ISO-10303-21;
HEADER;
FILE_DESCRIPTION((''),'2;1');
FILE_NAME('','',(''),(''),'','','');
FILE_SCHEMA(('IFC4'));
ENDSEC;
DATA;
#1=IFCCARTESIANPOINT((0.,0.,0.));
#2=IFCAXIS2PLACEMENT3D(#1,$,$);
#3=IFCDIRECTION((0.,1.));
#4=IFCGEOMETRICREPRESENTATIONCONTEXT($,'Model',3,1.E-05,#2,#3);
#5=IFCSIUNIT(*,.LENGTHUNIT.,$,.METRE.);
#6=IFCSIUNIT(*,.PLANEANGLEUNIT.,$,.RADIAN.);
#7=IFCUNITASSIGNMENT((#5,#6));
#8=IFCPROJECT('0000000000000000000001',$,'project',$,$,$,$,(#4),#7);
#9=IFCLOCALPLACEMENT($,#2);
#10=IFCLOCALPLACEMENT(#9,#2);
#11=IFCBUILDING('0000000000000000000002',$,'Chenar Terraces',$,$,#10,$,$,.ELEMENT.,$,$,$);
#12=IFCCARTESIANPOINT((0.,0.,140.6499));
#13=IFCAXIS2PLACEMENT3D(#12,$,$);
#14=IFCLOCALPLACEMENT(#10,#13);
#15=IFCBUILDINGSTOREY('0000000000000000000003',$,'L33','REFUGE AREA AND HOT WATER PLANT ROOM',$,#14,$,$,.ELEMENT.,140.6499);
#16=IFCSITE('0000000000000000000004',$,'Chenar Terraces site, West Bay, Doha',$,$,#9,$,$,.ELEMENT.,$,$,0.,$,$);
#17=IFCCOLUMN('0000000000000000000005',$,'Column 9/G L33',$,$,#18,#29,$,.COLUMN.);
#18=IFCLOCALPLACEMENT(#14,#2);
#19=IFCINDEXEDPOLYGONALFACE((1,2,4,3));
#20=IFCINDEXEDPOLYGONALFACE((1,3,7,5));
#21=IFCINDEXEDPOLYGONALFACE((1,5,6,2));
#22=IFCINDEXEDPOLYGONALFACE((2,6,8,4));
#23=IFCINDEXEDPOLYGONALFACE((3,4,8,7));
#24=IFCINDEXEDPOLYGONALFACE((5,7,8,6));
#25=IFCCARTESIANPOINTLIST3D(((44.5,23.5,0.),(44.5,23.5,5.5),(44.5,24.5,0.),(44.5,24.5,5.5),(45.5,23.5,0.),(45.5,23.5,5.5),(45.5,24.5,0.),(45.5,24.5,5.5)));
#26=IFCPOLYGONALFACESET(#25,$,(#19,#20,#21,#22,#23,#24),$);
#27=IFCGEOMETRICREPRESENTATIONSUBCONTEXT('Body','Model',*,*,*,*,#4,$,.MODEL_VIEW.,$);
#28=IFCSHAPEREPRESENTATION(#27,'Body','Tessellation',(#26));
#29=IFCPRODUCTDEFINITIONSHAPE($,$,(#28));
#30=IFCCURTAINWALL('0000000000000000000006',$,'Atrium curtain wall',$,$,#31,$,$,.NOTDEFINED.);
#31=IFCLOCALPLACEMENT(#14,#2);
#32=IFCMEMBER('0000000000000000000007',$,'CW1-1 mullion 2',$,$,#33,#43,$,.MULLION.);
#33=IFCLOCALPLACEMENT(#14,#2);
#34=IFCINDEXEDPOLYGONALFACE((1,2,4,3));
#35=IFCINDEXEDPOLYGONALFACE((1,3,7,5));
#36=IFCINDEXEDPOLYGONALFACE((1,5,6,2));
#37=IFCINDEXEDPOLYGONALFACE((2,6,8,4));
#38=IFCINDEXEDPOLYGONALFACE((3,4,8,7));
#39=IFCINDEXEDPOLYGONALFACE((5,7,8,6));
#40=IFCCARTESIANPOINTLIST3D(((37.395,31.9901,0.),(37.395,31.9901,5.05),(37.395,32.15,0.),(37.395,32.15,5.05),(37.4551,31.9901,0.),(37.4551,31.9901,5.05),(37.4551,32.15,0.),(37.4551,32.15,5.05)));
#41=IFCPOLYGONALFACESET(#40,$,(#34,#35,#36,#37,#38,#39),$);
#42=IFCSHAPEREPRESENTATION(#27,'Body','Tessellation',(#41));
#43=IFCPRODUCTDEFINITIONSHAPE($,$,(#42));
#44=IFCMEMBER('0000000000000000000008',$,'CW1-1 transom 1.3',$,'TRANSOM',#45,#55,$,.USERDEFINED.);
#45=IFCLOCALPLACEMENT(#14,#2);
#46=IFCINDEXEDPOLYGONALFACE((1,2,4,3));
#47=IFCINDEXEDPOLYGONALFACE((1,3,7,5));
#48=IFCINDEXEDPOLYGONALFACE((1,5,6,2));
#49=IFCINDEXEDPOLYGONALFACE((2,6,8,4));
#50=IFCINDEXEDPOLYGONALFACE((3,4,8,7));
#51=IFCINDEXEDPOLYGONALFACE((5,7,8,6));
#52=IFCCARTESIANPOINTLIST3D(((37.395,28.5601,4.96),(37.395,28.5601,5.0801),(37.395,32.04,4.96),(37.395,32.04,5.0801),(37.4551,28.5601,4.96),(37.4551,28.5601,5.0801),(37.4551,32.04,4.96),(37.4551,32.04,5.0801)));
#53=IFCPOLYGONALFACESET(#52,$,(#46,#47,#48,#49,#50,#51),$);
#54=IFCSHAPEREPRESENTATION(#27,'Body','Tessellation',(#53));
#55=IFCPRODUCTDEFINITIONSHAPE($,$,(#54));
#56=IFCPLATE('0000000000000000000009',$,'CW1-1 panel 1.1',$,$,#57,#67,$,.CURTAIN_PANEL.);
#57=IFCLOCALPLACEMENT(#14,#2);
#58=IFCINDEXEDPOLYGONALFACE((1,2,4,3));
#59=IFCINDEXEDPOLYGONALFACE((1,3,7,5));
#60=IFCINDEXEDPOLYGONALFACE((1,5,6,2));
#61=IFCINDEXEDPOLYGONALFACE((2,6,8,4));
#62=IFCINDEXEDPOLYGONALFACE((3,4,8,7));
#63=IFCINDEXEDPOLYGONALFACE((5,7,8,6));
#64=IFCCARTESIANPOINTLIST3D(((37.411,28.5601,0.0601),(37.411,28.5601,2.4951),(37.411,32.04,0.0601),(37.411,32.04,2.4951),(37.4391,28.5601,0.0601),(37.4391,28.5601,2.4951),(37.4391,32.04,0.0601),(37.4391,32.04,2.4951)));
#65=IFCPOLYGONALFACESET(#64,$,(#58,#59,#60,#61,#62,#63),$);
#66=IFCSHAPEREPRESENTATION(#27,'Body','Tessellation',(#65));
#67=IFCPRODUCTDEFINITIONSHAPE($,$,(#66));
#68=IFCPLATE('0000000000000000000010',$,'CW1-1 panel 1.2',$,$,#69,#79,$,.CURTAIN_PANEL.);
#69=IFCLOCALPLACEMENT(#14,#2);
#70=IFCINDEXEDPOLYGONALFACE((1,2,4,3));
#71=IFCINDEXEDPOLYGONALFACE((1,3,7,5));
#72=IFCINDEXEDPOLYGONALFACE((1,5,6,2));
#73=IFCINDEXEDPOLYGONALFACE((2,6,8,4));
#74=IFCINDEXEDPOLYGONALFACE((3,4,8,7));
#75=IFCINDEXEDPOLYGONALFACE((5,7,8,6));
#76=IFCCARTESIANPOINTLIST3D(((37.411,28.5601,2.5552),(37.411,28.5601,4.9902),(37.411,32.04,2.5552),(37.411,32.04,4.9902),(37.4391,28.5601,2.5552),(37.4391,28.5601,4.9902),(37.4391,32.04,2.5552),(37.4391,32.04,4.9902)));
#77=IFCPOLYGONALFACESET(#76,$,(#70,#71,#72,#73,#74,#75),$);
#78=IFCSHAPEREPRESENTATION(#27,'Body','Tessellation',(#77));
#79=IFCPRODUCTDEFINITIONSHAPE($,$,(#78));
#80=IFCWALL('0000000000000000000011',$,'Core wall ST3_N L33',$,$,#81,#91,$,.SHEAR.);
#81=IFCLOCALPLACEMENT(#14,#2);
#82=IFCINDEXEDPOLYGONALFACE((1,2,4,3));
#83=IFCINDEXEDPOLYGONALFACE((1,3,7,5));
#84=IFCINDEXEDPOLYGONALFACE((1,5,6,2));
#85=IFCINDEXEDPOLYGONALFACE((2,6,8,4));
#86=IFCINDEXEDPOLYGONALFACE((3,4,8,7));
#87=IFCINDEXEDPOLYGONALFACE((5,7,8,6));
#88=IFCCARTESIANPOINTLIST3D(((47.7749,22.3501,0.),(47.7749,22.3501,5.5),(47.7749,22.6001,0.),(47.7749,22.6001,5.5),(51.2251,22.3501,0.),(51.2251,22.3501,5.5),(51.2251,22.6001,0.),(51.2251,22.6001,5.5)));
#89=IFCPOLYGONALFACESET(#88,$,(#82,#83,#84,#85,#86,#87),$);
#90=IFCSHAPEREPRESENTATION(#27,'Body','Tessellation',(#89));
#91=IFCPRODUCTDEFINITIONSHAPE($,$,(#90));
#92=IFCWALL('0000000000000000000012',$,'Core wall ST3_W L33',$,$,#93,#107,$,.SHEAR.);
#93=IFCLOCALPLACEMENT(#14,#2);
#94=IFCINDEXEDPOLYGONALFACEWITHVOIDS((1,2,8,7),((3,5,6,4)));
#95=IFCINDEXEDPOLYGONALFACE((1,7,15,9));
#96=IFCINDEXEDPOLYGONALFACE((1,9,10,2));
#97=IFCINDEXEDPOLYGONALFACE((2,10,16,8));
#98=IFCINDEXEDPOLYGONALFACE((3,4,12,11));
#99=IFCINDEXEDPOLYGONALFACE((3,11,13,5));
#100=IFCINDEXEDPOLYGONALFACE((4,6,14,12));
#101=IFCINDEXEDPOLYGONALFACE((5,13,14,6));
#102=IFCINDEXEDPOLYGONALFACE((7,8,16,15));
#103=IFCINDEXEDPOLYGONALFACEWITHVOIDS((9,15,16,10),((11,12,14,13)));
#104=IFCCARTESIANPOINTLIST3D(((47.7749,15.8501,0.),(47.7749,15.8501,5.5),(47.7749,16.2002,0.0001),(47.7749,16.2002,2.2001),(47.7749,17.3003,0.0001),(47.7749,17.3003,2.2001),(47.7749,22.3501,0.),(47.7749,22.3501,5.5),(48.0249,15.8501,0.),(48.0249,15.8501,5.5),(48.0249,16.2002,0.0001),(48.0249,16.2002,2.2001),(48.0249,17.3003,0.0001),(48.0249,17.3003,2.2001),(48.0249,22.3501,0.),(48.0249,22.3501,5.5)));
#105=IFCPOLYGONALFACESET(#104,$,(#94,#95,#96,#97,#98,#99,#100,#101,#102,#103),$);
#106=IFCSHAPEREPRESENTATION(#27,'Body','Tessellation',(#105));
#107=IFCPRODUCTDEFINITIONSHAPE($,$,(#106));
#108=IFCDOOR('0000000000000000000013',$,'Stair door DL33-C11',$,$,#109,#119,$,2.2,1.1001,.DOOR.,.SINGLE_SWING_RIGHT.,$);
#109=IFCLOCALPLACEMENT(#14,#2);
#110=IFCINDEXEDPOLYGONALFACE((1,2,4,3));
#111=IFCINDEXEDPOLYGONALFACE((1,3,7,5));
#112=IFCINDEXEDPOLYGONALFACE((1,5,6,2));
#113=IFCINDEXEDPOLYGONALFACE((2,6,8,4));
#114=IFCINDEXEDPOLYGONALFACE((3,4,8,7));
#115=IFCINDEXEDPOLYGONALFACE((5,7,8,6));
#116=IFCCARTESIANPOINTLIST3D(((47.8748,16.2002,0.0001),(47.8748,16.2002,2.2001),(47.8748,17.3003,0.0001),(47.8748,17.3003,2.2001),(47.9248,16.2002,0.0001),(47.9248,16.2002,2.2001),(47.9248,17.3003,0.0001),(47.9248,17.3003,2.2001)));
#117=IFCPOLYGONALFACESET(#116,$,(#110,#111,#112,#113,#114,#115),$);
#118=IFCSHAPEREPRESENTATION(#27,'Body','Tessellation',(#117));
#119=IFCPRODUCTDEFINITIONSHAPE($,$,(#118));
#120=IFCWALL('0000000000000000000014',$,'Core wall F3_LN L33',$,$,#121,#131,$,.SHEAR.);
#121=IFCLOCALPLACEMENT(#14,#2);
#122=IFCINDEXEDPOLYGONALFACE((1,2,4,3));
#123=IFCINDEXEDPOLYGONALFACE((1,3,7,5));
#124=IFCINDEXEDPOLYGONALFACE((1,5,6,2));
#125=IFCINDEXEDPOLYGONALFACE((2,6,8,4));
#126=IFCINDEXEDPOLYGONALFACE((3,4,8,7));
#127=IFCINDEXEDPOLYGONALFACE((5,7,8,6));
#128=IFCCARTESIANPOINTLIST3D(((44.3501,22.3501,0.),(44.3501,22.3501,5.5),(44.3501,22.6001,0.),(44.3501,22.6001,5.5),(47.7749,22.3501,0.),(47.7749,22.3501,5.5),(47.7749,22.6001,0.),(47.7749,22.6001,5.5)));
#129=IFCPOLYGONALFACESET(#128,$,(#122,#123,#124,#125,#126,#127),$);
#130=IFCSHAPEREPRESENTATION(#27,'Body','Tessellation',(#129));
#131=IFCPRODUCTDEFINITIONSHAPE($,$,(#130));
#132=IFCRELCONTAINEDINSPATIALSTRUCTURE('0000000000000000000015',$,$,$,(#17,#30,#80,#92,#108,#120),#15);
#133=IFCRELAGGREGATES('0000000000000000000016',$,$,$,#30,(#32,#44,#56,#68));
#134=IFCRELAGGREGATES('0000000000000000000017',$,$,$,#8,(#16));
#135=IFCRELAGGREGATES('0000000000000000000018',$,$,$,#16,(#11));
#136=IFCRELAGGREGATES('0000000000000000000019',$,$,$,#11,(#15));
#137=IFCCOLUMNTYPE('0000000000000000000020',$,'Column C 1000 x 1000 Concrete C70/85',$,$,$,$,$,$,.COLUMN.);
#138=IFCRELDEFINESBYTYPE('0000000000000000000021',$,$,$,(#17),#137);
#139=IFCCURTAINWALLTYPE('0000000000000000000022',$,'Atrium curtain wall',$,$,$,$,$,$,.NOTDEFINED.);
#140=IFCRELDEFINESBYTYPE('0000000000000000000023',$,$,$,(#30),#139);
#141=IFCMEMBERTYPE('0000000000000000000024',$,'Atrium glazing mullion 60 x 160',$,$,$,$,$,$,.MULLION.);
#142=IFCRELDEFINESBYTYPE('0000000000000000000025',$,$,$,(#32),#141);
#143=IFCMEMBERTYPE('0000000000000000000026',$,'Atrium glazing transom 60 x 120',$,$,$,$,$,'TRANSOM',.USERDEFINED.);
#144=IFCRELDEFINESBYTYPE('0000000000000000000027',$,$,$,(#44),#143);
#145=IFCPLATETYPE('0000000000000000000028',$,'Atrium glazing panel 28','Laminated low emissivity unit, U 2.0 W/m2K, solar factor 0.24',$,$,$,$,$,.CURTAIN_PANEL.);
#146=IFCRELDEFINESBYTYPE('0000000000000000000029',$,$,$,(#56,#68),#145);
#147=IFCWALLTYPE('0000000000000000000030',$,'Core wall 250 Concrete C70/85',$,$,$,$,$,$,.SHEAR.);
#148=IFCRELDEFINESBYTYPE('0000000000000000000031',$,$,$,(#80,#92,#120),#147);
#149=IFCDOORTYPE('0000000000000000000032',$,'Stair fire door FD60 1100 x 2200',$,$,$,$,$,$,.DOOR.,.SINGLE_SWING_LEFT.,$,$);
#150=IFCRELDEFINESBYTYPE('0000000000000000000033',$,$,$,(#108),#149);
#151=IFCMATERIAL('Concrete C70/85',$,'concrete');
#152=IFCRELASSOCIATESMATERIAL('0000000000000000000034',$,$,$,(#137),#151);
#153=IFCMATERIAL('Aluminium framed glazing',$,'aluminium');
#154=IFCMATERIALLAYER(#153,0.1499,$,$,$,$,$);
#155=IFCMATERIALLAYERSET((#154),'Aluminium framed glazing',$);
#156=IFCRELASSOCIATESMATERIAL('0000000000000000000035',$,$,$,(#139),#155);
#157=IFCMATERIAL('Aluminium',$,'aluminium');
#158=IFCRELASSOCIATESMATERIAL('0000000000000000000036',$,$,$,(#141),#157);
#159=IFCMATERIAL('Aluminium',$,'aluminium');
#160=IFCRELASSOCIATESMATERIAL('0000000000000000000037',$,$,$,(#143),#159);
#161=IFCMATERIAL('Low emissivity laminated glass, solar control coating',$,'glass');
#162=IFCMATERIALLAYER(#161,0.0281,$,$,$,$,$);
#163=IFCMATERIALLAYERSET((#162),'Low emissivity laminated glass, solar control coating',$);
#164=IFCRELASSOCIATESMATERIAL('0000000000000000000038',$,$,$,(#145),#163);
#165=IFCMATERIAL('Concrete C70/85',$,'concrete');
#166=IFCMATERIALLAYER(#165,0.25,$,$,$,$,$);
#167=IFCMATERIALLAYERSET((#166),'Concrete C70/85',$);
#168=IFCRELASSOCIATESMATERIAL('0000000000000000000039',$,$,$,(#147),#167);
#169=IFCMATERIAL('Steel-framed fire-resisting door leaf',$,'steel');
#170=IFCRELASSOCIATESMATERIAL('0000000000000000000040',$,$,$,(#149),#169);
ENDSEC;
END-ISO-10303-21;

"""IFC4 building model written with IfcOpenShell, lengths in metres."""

from ifc_helpers import new_model, si_unit, direction, frame, frame_2d, origin, origin_2d, place, context, subcontext, project, spatial, rectangle, extrude, material, layer, layer_set, material_profile, profile_set, type_object, element, fill, aggregate, save


model = new_model("IFC4")

# Units and contexts
model_context = context("Model", 3, precision=1e-05, world=origin(), true_north=direction((0.0, 1.0)))
body_context = subcontext(model_context, "Body", "Model", "MODEL_VIEW")
ifc_project = project(units=[si_unit("LENGTHUNIT", "METRE"), si_unit("PLANEANGLEUNIT", "RADIAN")], contexts=[model_context])

# Site, building, storey
site_placement = place(None, origin())
site = spatial("IfcSite", under=ifc_project, at=site_placement, Name="Chenar Terraces site, West Bay, Doha", CompositionType="ELEMENT", RefElevation=0.0)
building_placement = place(site_placement, origin())
building = spatial("IfcBuilding", under=site, at=building_placement, Name="Chenar Terraces", CompositionType="ELEMENT")
storey_placement = place(building_placement, frame((0.0, 0.0, 140.6499)))
storey = spatial("IfcBuildingStorey", under=building, at=storey_placement, Name="L33", Description="REFUGE AREA AND HOT WATER PLANT ROOM", CompositionType="ELEMENT", Elevation=140.6499)

# Column
ifc_material_1 = material(Name="Concrete C70/85", Category="concrete")
ifc_material_profile_1 = material_profile(ifc_material_1, rectangle(XDim=1.0, YDim=1.0, at=origin_2d()), Name="C 1000 x 1000")
ifc_profile_set_1 = profile_set([ifc_material_profile_1], Name="Concrete C70/85")
column_type = type_object("IfcColumnType", Name="Column C 1000 x 1000 Concrete C70/85", PredefinedType="COLUMN", material=ifc_profile_set_1)
column_placement = place(storey_placement, frame((45.0, 24.0, 0.0), z_axis=(0.0, 0.0, 1.0), x_axis=(1.0, 0.0, 0.0)))
element("IfcColumn", 1, at=column_placement, inside=storey, type_object=column_type, Name="Column 9/G L33", PredefinedType="COLUMN", context=body_context, shape_type="SweptSolid", body=[
    extrude(rectangle(XDim=1.0, YDim=1.0, at=origin_2d()), origin(), (0.0, 0.0, 1.0), 5.5),
])

# Curtain wall, members, plates
ifc_material_2 = material(Name="Aluminium framed glazing", Category="aluminium")
ifc_layer_1 = layer(ifc_material_2, 0.1499)
ifc_layer_set_1 = layer_set([ifc_layer_1], Name="Aluminium framed glazing")
curtain_wall_type = type_object("IfcCurtainWallType", Name="Atrium curtain wall", PredefinedType="NOTDEFINED", material=ifc_layer_set_1)
curtain_wall_placement = place(storey_placement, origin())
curtain_wall = element("IfcCurtainWall", 2, at=curtain_wall_placement, inside=storey, type_object=curtain_wall_type, Name="Atrium curtain wall", PredefinedType="NOTDEFINED")
ifc_material_3 = material(Name="Aluminium", Category="aluminium")
ifc_material_profile_2 = material_profile(ifc_material_3, rectangle(XDim=0.0601, YDim=0.1599, at=origin_2d()), Name="Atrium glazing mullion 60 x 160")
ifc_profile_set_2 = profile_set([ifc_material_profile_2], Name="Aluminium")
member_type_1 = type_object("IfcMemberType", Name="Atrium glazing mullion 60 x 160", PredefinedType="MULLION", material=ifc_profile_set_2)
member_1_placement = place(storey_placement, frame((37.425, 32.0701, 0.0), z_axis=(0.0, 0.0, 1.0), x_axis=(-1.0, 0.0, 0.0)))
member_1 = element("IfcMember", 3, at=member_1_placement, type_object=member_type_1, Name="CW1-1 mullion 2", PredefinedType="MULLION", context=body_context, shape_type="SweptSolid", body=[
    extrude(rectangle(XDim=0.0601, YDim=0.1599, at=origin_2d()), origin(), (0.0, 0.0, 1.0), 5.05),
])
ifc_material_4 = material(Name="Aluminium", Category="aluminium")
ifc_material_profile_3 = material_profile(ifc_material_4, rectangle(XDim=0.0601, YDim=0.1201, at=origin_2d()), Name="Atrium glazing transom 60 x 120")
ifc_profile_set_3 = profile_set([ifc_material_profile_3], Name="Aluminium")
member_type_2 = type_object("IfcMemberType", Name="Atrium glazing transom 60 x 120", ElementType="TRANSOM", PredefinedType="USERDEFINED", material=ifc_profile_set_3)
member_2_placement = place(storey_placement, frame((37.425, 28.5601, 5.02), z_axis=(0.0, 1.0, 0.0), x_axis=(-1.0, 0.0, 0.0)))
member_2 = element("IfcMember", 4, at=member_2_placement, type_object=member_type_2, Name="CW1-1 transom 1.3", ObjectType="TRANSOM", PredefinedType="USERDEFINED", context=body_context, shape_type="SweptSolid", body=[
    extrude(rectangle(XDim=0.0601, YDim=0.1201, at=origin_2d()), origin(), (0.0, 0.0, 1.0), 3.48),
])
ifc_material_5 = material(Name="Low emissivity laminated glass, solar control coating", Category="glass")
ifc_layer_2 = layer(ifc_material_5, 0.0281)
ifc_layer_set_2 = layer_set([ifc_layer_2], Name="Low emissivity laminated glass, solar control coating")
plate_type = type_object("IfcPlateType", Name="Atrium glazing panel 28", Description="Laminated low emissivity unit, U 2.0 W/m2K, solar factor 0.24", PredefinedType="CURTAIN_PANEL", material=ifc_layer_set_2)
plate_1_placement = place(storey_placement, frame((37.425, 30.3, 0.0601), z_axis=(0.0, 0.0, 1.0), x_axis=(0.0, 1.0, 0.0)))
plate_1 = element("IfcPlate", 5, at=plate_1_placement, type_object=plate_type, Name="CW1-1 panel 1.1", PredefinedType="CURTAIN_PANEL", context=body_context, shape_type="SweptSolid", body=[
    extrude(rectangle(XDim=3.48, YDim=0.0281, at=origin_2d()), origin(), (0.0, 0.0, 1.0), 2.4351),
])
plate_2_placement = place(storey_placement, frame((37.425, 30.3, 2.5552), z_axis=(0.0, 0.0, 1.0), x_axis=(0.0, 1.0, 0.0)))
plate_2 = element("IfcPlate", 6, at=plate_2_placement, type_object=plate_type, Name="CW1-1 panel 1.2", PredefinedType="CURTAIN_PANEL", context=body_context, shape_type="SweptSolid", body=[
    extrude(rectangle(XDim=3.48, YDim=0.0281, at=origin_2d()), origin(), (0.0, 0.0, 1.0), 2.4351),
])
aggregate(curtain_wall, [member_1, member_2, plate_1, plate_2])

# Wall
ifc_material_6 = material(Name="Concrete C70/85", Category="concrete")
ifc_layer_3 = layer(ifc_material_6, 0.25)
ifc_layer_set_3 = layer_set([ifc_layer_3], Name="Concrete C70/85")
wall_type_1 = type_object("IfcWallType", Name="Core wall 250 Concrete C70/85", PredefinedType="SHEAR", material=ifc_layer_set_3)
wall_1_placement = place(storey_placement, frame((47.7749, 22.4751, 0.0), z_axis=(0.0, 0.0, 1.0), x_axis=(1.0, 0.0, 0.0)))
element("IfcWall", 7, at=wall_1_placement, inside=storey, type_object=wall_type_1, Name="Core wall ST3_N L33", PredefinedType="SHEAR", context=body_context, shape_type="SweptSolid", body=[
    extrude(rectangle(XDim=3.4502, YDim=0.25, at=frame_2d((1.7251, 0.0))), origin(), (0.0, 0.0, 1.0), 5.5),
])

# Wall, opening, door
wall_2_placement = place(storey_placement, frame((47.8999, 15.8501, 0.0), z_axis=(0.0, 0.0, 1.0), x_axis=(0.0, 1.0, 0.0)))
wall_2 = element("IfcWall", 8, at=wall_2_placement, inside=storey, type_object=wall_type_1, Name="Core wall ST3_W L33", PredefinedType="SHEAR", context=body_context, shape_type="SweptSolid", body=[
    extrude(rectangle(XDim=6.5, YDim=0.25, at=frame_2d((3.25, 0.0))), origin(), (0.0, 0.0, 1.0), 5.5),
])
opening_1_placement = place(wall_2_placement, frame((0.3501, 0.0, 0.0)))
opening_1 = element("IfcOpeningElement", 9, at=opening_1_placement, cuts=wall_2, PredefinedType="OPENING", context=body_context, shape_type="SweptSolid", body=[
    extrude(rectangle(XDim=1.1001, YDim=2.2, at=frame_2d((0.55, 1.1001))), frame((0.0, 0.135, 0.0), z_axis=(0.0, -1.0, 0.0), x_axis=(1.0, 0.0, 0.0)), (0.0, 0.0, 1.0), 0.27),
])
ifc_material_7 = material(Name="Steel-framed fire-resisting door leaf", Category="steel")
door_type_1 = type_object("IfcDoorType", Name="Stair fire door FD60 1100 x 2200", OperationType="SINGLE_SWING_LEFT", PredefinedType="DOOR", material=ifc_material_7)
door_1_placement = place(opening_1_placement, frame((1.1001, 0.0, 0.0), z_axis=(0.0, 0.0, 1.0), x_axis=(-1.0, 0.0, 0.0)))
door_1 = element("IfcDoor", 10, at=door_1_placement, inside=storey, type_object=door_type_1, Name="Stair door DL33-C11", OperationType="SINGLE_SWING_RIGHT", OverallHeight=2.2, OverallWidth=1.1001, PredefinedType="DOOR", context=body_context, shape_type="SweptSolid", body=[
    extrude(rectangle(XDim=1.1001, YDim=2.2, at=frame_2d((0.55, 1.1001))), frame((0.0, 0.0249, 0.0), z_axis=(0.0, -1.0, 0.0), x_axis=(1.0, 0.0, 0.0)), (0.0, 0.0, 1.0), 0.05),
])
fill(opening_1, door_1)

# Wall
wall_3_placement = place(storey_placement, frame((44.3501, 22.4751, 0.0), z_axis=(0.0, 0.0, 1.0), x_axis=(1.0, 0.0, 0.0)))
element("IfcWall", 11, at=wall_3_placement, inside=storey, type_object=wall_type_1, Name="Core wall F3_LN L33", PredefinedType="SHEAR", context=body_context, shape_type="SweptSolid", body=[
    extrude(rectangle(XDim=3.4248, YDim=0.25, at=frame_2d((1.7124, 0.0))), origin(), (0.0, 0.0, 1.0), 5.5),
])

save(model, "model.ifc")
